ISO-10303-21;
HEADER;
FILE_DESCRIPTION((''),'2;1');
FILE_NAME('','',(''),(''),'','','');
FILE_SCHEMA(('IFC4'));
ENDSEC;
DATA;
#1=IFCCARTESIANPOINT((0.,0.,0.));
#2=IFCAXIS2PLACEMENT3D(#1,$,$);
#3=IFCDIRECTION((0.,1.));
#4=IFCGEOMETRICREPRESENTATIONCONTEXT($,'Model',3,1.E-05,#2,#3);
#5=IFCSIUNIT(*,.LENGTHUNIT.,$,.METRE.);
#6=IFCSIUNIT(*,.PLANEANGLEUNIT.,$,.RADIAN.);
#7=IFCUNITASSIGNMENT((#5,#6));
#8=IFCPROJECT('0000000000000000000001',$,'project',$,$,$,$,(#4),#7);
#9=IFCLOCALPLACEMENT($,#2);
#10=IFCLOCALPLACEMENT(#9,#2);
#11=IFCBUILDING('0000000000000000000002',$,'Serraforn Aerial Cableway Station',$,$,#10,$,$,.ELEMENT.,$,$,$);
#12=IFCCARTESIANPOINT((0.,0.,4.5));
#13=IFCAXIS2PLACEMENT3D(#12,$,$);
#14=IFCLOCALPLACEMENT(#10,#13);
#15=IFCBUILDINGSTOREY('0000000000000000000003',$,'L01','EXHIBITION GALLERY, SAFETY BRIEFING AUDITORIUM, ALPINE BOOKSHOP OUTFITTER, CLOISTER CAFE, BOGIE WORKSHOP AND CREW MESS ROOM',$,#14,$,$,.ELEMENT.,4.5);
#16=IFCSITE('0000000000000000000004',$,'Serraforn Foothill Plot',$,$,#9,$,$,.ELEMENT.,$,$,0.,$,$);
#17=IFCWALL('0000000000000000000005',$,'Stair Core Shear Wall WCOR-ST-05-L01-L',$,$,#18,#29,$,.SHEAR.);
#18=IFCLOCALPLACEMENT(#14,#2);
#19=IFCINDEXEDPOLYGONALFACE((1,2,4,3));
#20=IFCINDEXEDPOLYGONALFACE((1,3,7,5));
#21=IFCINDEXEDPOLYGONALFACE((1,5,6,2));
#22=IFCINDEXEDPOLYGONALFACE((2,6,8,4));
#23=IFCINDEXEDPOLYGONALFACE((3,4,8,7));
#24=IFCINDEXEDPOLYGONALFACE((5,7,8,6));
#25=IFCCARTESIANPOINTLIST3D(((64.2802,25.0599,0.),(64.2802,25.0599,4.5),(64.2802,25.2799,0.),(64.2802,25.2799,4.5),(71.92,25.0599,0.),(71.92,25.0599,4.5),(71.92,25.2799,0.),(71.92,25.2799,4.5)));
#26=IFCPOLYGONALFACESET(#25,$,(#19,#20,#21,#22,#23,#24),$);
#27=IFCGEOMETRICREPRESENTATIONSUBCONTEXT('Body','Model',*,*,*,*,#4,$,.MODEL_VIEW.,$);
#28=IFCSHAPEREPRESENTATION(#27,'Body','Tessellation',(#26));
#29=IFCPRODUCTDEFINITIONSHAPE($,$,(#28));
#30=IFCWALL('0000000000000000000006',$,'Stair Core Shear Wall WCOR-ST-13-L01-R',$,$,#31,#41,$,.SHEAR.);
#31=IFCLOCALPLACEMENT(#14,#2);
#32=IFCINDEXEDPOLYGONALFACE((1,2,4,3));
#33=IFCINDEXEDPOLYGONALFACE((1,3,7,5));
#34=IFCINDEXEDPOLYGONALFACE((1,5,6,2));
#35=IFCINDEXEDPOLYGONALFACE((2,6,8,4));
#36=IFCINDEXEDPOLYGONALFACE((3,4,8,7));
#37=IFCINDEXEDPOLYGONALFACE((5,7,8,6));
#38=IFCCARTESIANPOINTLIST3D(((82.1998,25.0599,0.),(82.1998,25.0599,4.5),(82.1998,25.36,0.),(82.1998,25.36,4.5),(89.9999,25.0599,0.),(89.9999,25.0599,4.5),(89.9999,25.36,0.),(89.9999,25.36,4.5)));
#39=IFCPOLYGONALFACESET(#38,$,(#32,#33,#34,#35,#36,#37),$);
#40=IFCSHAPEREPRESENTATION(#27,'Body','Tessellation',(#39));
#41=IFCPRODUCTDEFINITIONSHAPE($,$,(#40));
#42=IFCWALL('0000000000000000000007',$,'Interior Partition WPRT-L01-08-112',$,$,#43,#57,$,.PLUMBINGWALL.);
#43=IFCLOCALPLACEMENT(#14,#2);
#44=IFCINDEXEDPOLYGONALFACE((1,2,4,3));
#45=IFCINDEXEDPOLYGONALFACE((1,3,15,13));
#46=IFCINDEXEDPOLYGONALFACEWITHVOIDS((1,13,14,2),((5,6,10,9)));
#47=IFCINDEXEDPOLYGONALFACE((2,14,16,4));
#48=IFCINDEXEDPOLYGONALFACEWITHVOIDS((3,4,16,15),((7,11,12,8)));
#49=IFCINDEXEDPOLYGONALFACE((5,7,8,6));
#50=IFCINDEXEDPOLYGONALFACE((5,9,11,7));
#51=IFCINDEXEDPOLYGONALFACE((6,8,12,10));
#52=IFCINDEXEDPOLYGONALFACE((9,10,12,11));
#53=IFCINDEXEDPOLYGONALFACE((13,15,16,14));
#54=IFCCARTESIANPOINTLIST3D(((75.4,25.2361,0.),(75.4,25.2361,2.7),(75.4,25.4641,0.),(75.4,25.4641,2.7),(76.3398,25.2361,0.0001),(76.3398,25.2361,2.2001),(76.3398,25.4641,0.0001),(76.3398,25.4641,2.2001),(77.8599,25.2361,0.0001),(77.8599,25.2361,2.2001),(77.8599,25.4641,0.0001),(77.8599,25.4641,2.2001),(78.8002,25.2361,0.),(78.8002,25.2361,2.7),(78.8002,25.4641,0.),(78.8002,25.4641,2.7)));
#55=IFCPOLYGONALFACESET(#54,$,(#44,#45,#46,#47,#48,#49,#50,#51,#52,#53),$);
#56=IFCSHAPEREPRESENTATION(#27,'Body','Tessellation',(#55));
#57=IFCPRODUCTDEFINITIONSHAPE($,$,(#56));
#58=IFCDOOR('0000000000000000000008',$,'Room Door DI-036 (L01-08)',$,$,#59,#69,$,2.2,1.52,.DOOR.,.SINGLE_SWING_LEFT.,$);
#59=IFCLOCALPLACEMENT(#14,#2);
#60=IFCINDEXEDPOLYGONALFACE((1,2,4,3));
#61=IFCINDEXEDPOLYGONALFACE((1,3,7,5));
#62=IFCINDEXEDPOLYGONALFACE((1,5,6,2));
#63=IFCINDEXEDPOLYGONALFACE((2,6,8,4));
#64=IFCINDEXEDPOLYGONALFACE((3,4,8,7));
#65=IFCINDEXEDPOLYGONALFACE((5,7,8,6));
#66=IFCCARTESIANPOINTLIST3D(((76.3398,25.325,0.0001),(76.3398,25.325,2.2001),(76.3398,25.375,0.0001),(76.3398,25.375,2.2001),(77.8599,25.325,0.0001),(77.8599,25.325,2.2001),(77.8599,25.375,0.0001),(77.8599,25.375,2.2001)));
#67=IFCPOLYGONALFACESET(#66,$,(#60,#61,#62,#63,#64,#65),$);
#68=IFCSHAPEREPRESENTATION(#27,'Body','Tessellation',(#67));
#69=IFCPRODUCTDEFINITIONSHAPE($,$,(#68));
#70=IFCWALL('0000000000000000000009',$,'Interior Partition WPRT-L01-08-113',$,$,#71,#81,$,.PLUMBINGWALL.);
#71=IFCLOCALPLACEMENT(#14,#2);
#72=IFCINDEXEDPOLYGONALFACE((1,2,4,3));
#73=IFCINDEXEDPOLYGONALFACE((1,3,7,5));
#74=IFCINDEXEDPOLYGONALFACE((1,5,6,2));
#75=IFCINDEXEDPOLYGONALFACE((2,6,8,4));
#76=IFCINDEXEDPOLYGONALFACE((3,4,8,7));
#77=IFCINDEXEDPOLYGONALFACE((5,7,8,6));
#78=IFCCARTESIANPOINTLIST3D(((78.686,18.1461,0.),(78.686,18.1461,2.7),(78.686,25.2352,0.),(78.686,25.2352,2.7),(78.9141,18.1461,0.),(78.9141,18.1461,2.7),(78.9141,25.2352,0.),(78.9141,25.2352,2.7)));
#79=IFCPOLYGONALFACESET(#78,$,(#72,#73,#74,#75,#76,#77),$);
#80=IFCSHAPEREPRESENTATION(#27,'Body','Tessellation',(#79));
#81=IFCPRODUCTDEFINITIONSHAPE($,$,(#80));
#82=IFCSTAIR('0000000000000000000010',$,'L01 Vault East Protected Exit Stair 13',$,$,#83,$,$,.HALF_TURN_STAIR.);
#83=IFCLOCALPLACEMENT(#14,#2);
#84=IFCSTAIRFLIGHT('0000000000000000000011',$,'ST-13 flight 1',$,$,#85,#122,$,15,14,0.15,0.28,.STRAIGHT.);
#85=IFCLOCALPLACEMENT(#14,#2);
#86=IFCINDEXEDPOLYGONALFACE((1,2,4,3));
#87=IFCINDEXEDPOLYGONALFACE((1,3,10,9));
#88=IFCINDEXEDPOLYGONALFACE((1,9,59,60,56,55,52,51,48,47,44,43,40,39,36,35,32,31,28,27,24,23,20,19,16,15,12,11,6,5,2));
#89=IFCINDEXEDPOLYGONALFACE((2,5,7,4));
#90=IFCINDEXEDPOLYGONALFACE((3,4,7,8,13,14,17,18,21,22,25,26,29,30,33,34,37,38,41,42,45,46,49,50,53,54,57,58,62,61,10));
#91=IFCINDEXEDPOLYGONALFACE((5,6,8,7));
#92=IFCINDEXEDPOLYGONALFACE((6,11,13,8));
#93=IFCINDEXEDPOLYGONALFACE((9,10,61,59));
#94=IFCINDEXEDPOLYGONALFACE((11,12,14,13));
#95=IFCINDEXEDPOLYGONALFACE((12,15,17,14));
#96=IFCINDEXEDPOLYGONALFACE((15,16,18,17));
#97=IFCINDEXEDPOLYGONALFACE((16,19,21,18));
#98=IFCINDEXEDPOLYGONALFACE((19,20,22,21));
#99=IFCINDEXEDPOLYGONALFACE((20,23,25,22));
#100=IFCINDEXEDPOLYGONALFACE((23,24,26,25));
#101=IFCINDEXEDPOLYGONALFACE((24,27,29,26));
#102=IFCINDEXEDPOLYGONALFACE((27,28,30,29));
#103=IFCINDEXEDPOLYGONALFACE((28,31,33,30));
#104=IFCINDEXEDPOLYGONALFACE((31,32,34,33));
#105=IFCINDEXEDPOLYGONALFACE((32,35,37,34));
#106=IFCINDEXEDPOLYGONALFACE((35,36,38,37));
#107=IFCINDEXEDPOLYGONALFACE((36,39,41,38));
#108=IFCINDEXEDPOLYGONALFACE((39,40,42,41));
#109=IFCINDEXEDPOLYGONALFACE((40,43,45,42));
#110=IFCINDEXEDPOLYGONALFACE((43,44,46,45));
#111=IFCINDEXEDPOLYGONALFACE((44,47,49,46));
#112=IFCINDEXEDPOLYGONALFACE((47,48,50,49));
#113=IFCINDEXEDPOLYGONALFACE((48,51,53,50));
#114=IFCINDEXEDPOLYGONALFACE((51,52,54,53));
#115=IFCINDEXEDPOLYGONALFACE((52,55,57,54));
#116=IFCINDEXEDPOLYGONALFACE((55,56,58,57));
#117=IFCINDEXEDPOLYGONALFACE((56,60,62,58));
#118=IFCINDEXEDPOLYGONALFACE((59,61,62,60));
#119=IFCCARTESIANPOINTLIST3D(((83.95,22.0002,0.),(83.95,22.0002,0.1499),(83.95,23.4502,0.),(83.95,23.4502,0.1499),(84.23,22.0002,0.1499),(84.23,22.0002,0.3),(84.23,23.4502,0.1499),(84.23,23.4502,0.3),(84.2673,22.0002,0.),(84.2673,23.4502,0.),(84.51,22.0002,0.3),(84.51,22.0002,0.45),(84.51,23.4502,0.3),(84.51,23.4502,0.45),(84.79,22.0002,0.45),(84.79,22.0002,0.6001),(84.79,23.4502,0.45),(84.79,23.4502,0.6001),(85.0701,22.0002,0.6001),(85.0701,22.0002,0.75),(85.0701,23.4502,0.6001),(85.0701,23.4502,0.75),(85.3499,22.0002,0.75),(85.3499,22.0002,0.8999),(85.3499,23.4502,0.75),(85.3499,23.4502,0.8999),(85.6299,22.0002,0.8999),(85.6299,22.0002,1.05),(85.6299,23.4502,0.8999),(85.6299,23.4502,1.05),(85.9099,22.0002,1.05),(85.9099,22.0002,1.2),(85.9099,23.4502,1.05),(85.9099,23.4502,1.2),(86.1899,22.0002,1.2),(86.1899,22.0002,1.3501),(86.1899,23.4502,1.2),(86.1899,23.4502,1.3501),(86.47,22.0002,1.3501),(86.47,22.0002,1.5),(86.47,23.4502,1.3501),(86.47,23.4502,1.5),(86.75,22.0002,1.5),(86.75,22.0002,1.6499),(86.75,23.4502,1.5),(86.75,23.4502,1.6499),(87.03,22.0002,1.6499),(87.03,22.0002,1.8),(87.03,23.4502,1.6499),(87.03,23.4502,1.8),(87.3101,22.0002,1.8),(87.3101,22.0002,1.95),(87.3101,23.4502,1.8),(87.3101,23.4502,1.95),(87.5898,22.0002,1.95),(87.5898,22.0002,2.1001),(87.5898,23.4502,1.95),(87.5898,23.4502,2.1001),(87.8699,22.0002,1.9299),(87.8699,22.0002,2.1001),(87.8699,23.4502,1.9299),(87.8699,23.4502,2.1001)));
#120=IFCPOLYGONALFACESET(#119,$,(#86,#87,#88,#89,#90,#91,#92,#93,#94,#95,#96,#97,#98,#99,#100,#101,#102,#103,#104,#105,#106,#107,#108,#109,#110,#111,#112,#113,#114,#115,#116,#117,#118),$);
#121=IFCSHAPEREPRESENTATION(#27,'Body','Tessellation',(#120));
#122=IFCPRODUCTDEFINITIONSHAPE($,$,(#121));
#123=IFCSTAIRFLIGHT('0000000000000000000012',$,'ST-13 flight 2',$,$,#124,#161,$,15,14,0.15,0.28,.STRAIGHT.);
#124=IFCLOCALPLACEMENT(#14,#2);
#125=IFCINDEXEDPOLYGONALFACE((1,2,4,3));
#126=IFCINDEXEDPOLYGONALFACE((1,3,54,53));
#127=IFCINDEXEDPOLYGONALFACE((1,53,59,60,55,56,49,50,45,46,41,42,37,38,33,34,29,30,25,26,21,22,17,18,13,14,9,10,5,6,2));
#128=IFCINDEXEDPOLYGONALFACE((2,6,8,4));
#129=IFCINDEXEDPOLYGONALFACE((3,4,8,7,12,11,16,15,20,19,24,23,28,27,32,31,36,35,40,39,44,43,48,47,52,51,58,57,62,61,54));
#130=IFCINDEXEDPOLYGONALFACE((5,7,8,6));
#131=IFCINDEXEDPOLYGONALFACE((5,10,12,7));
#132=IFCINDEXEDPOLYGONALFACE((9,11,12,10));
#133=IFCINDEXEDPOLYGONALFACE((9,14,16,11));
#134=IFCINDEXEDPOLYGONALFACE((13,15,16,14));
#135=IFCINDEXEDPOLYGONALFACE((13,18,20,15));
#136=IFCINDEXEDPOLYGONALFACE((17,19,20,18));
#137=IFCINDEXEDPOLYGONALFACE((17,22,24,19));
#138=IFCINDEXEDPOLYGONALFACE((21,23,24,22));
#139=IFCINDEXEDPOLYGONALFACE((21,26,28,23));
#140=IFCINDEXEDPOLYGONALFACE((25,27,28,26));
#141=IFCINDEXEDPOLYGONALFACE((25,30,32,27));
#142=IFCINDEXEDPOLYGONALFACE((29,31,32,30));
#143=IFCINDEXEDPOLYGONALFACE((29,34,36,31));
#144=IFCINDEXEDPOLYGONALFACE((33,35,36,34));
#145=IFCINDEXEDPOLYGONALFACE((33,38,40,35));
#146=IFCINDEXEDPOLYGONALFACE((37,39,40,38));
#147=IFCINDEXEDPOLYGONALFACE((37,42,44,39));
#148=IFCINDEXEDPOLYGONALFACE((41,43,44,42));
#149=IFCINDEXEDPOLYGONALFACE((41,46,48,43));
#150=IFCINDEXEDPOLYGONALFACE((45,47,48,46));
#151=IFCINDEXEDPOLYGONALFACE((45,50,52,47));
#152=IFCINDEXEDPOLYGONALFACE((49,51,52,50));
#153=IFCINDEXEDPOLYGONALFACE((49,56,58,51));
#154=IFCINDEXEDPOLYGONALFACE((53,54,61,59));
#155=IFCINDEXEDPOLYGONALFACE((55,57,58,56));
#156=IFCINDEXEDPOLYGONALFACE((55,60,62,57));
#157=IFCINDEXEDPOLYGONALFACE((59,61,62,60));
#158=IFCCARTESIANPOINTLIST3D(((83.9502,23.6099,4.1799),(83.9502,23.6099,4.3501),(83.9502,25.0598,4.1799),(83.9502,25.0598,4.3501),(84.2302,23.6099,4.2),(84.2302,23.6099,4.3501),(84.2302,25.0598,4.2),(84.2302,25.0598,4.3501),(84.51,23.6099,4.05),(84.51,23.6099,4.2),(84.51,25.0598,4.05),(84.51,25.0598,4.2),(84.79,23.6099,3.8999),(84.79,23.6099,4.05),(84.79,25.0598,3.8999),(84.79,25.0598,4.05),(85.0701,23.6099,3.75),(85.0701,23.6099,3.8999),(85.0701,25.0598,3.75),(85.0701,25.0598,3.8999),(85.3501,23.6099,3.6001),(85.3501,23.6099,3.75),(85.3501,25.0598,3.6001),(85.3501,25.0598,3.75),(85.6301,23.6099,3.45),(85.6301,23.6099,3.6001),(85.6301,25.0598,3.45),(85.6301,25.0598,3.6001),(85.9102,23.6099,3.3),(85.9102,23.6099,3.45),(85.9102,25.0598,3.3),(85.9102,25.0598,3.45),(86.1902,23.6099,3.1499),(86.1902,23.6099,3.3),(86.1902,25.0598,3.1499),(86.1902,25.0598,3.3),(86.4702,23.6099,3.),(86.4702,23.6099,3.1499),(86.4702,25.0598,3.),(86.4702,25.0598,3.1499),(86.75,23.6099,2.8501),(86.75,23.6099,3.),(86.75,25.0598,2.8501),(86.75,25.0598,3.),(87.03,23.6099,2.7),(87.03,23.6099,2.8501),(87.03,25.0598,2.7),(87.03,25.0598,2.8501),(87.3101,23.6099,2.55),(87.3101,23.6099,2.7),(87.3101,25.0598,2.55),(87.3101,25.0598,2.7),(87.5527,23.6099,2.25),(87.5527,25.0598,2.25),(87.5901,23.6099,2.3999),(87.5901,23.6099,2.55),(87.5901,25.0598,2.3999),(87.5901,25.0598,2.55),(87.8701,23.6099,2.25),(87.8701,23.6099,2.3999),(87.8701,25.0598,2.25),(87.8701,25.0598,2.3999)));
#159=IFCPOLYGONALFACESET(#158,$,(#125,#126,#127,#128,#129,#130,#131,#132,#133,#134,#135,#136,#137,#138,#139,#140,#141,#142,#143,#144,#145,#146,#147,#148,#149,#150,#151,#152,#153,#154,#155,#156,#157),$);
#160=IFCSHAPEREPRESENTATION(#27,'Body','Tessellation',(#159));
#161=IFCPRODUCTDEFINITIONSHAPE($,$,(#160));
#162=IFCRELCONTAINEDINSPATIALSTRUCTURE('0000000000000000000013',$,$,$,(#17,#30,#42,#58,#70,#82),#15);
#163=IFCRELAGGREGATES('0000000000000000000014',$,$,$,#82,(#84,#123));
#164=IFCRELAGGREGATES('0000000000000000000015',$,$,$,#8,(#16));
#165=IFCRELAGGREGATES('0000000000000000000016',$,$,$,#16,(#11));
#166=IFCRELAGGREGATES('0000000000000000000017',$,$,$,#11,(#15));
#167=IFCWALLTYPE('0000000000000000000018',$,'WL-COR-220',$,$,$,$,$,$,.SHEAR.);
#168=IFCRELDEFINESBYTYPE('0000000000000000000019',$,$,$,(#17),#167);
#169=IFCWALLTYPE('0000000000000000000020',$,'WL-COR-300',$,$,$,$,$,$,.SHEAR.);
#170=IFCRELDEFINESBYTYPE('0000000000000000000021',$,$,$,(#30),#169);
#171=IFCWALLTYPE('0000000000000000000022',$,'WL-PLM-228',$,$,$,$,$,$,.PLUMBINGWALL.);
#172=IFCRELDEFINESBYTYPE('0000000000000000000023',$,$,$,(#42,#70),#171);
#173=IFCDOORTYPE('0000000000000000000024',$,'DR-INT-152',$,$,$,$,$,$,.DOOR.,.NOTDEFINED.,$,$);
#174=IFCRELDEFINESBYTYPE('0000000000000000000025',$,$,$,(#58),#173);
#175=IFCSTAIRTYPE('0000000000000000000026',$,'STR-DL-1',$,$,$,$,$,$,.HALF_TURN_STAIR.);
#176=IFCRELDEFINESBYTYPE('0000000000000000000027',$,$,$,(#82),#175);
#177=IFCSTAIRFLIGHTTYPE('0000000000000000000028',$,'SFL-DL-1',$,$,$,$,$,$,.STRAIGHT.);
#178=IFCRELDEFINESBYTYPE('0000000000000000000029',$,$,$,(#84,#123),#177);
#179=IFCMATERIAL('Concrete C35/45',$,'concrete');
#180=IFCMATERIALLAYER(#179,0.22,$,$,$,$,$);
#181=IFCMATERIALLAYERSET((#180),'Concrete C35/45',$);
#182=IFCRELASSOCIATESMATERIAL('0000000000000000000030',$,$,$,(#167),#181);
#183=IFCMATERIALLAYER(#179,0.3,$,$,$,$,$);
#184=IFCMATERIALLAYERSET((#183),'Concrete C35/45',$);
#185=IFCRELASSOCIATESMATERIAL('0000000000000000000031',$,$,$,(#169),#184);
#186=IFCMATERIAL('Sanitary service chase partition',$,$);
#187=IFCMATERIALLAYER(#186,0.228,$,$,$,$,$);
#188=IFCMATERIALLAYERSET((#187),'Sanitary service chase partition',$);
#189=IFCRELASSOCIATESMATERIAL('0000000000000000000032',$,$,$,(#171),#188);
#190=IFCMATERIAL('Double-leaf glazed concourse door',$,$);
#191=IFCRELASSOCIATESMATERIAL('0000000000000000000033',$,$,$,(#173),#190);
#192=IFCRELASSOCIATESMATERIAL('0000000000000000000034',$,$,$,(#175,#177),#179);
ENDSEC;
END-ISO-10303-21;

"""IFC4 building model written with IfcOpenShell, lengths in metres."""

from ifc_helpers import new_model, si_unit, direction, frame, frame_2d, origin, place, context, subcontext, project, spatial, polyline, rectangle, outline, extrude, material, layer, layer_set, type_object, element, fill, aggregate, save


model = new_model("IFC4")

# Units and contexts
model_context = context("Model", 3, precision=1e-05, world=origin(), true_north=direction((0.0, 1.0)))
body_context = subcontext(model_context, "Body", "Model", "MODEL_VIEW")
ifc_project = project(units=[si_unit("LENGTHUNIT", "METRE"), si_unit("PLANEANGLEUNIT", "RADIAN")], contexts=[model_context])

# Site, building, storey
site_placement = place(None, origin())
site = spatial("IfcSite", under=ifc_project, at=site_placement, Name="Serraforn Foothill Plot", CompositionType="ELEMENT", RefElevation=0.0)
building_placement = place(site_placement, origin())
building = spatial("IfcBuilding", under=site, at=building_placement, Name="Serraforn Aerial Cableway Station", CompositionType="ELEMENT")
storey_placement = place(building_placement, frame((0.0, 0.0, 4.5)))
storey = spatial("IfcBuildingStorey", under=building, at=storey_placement, Name="L01", Description="EXHIBITION GALLERY, SAFETY BRIEFING AUDITORIUM, ALPINE BOOKSHOP OUTFITTER, CLOISTER CAFE, BOGIE WORKSHOP AND CREW MESS ROOM", CompositionType="ELEMENT", Elevation=4.5)

# Shared definitions
ifc_material_1 = material(Name="Concrete C35/45", Category="concrete")

# Shared definitions
ifc_layer_1 = layer(ifc_material_1, 0.22)
ifc_layer_set_1 = layer_set([ifc_layer_1], Name="Concrete C35/45")
wall_type_1 = type_object("IfcWallType", Name="WL-COR-220", PredefinedType="SHEAR", material=ifc_layer_set_1)

# Walls
wall_1_placement = place(storey_placement, frame((71.9199, 25.1699, 0.0), z_axis=(0.0, 0.0, 1.0), x_axis=(-1.0, 0.0, 0.0)))
element("IfcWall", 1, at=wall_1_placement, inside=storey, type_object=wall_type_1, Name="Stair Core Shear Wall WCOR-ST-05-L01-L", PredefinedType="SHEAR", context=body_context, shape_type="SweptSolid", body=[
    extrude(rectangle(XDim=7.6399, YDim=0.22, at=frame_2d((3.8198, 0.0))), origin(), (0.0, 0.0, 1.0), 4.5),
])
ifc_layer_2 = layer(ifc_material_1, 0.3)
ifc_layer_set_2 = layer_set([ifc_layer_2], Name="Concrete C35/45")
wall_type_2 = type_object("IfcWallType", Name="WL-COR-300", PredefinedType="SHEAR", material=ifc_layer_set_2)
wall_2_placement = place(storey_placement, frame((82.2, 25.21, 0.0), z_axis=(0.0, 0.0, 1.0), x_axis=(1.0, 0.0, 0.0)))
element("IfcWall", 2, at=wall_2_placement, inside=storey, type_object=wall_type_2, Name="Stair Core Shear Wall WCOR-ST-13-L01-R", PredefinedType="SHEAR", context=body_context, shape_type="SweptSolid", body=[
    extrude(rectangle(XDim=7.8, YDim=0.3, at=frame_2d((3.8999, 0.0))), origin(), (0.0, 0.0, 1.0), 4.5),
])

# Wall, opening, door
ifc_material_2 = material(Name="Sanitary service chase partition")
ifc_layer_3 = layer(ifc_material_2, 0.228)
ifc_layer_set_3 = layer_set([ifc_layer_3], Name="Sanitary service chase partition")
wall_type_3 = type_object("IfcWallType", Name="WL-PLM-228", PredefinedType="PLUMBINGWALL", material=ifc_layer_set_3)
wall_3_placement = place(storey_placement, frame((75.3999, 25.3501, 0.0), z_axis=(0.0, 0.0, 1.0), x_axis=(1.0, 0.0, 0.0)))
wall_3 = element("IfcWall", 3, at=wall_3_placement, inside=storey, type_object=wall_type_3, Name="Interior Partition WPRT-L01-08-112", PredefinedType="PLUMBINGWALL", context=body_context, shape_type="SweptSolid", body=[
    extrude(rectangle(XDim=3.4001, YDim=0.228, at=frame_2d((1.7002, 0.0))), origin(), (0.0, 0.0, 1.0), 2.7),
])
opening_1_placement = place(wall_3_placement, frame((0.9399, 0.0, 0.0)))
opening_1 = element("IfcOpeningElement", 4, at=opening_1_placement, cuts=wall_3, PredefinedType="OPENING", context=body_context, shape_type="SweptSolid", body=[
    extrude(rectangle(XDim=1.52, YDim=2.2, at=frame_2d((0.76, 1.1001))), frame((0.0, 0.124, 0.0), z_axis=(0.0, -1.0, 0.0), x_axis=(1.0, 0.0, 0.0)), (0.0, 0.0, 1.0), 0.248),
])
ifc_material_3 = material(Name="Double-leaf glazed concourse door")
door_type_1 = type_object("IfcDoorType", Name="DR-INT-152", OperationType="NOTDEFINED", PredefinedType="DOOR", material=ifc_material_3)
door_1_placement = place(opening_1_placement, origin())
door_1 = element("IfcDoor", 5, at=door_1_placement, inside=storey, type_object=door_type_1, Name="Room Door DI-036 (L01-08)", OperationType="SINGLE_SWING_LEFT", OverallHeight=2.2, OverallWidth=1.52, PredefinedType="DOOR", context=body_context, shape_type="SweptSolid", body=[
    extrude(rectangle(XDim=1.52, YDim=2.2, at=frame_2d((0.76, 1.1001))), frame((0.0, 0.0249, 0.0), z_axis=(0.0, -1.0, 0.0), x_axis=(1.0, 0.0, 0.0)), (0.0, 0.0, 1.0), 0.05),
])
fill(opening_1, door_1)

# Wall
wall_4_placement = place(storey_placement, frame((78.8, 25.2351, 0.0), z_axis=(0.0, 0.0, 1.0), x_axis=(0.0, -1.0, 0.0)))
element("IfcWall", 6, at=wall_4_placement, inside=storey, type_object=wall_type_3, Name="Interior Partition WPRT-L01-08-113", PredefinedType="PLUMBINGWALL", context=body_context, shape_type="SweptSolid", body=[
    extrude(rectangle(XDim=7.0891, YDim=0.228, at=frame_2d((3.5444, 0.0))), origin(), (0.0, 0.0, 1.0), 2.7),
])

# Stair, stair flights
stair_type_1 = type_object("IfcStairType", Name="STR-DL-1", PredefinedType="HALF_TURN_STAIR", material=ifc_material_1)
stair_1_placement = place(storey_placement, origin())
stair_1 = element("IfcStair", 7, at=stair_1_placement, inside=storey, type_object=stair_type_1, Name="L01 Vault East Protected Exit Stair 13", PredefinedType="HALF_TURN_STAIR")
stair_flight_type_1 = type_object("IfcStairFlightType", Name="SFL-DL-1", PredefinedType="STRAIGHT", material=ifc_material_1)
stair_flight_1_placement = place(storey_placement, frame((83.95, 22.7251, 0.0), z_axis=(0.0, 0.0, 1.0), x_axis=(1.0, 0.0, 0.0)))
stair_flight_1 = element("IfcStairFlight", 8, at=stair_flight_1_placement, type_object=stair_flight_type_1, Name="ST-13 flight 1", NumberOfRisers=15, NumberOfTreads=14, PredefinedType="STRAIGHT", RiserHeight=0.15, TreadLength=0.28, context=body_context, shape_type="SweptSolid", body=[
    extrude(outline(polyline([(0.0, 0.0), (0.0, 0.1499), (0.28, 0.1499), (0.28, 0.3), (0.5601, 0.3), (0.5601, 0.45), (0.8401, 0.45), (0.8401, 0.6001), (1.1201, 0.6001), (1.1201, 0.75), (1.3999, 0.75), (1.3999, 0.8999), (1.6799, 0.8999), (1.6799, 1.05), (1.96, 1.05), (1.96, 1.2), (2.24, 1.2), (2.24, 1.3501), (2.52, 1.3501), (2.52, 1.5), (2.8, 1.5), (2.8, 1.6499), (3.0801, 1.6499), (3.0801, 1.8), (3.3601, 1.8), (3.3601, 1.95), (3.6399, 1.95), (3.6399, 2.1001), (3.9199, 2.1001), (3.9199, 2.25), (3.9199, 1.9299), (0.3174, 0.0), (0.0, 0.0)])), frame((0.0, 0.7251, 0.0), z_axis=(0.0, -1.0, 0.0), x_axis=(1.0, 0.0, 0.0)), (0.0, 0.0, 1.0), 1.45),
])
stair_flight_2_placement = place(storey_placement, frame((87.8701, 24.335, 2.25), z_axis=(0.0, 0.0, 1.0), x_axis=(-1.0, 0.0, 0.0)))
stair_flight_2 = element("IfcStairFlight", 9, at=stair_flight_2_placement, type_object=stair_flight_type_1, Name="ST-13 flight 2", NumberOfRisers=15, NumberOfTreads=14, PredefinedType="STRAIGHT", RiserHeight=0.15, TreadLength=0.28, context=body_context, shape_type="SweptSolid", body=[
    extrude(outline(polyline([(0.0, 0.0), (0.0, 0.1499), (0.28, 0.1499), (0.28, 0.3), (0.5601, 0.3), (0.5601, 0.45), (0.8401, 0.45), (0.8401, 0.6001), (1.1201, 0.6001), (1.1201, 0.75), (1.3999, 0.75), (1.3999, 0.8999), (1.6799, 0.8999), (1.6799, 1.05), (1.96, 1.05), (1.96, 1.2), (2.24, 1.2), (2.24, 1.3501), (2.52, 1.3501), (2.52, 1.5), (2.8, 1.5), (2.8, 1.6499), (3.0801, 1.6499), (3.0801, 1.8), (3.3601, 1.8), (3.3601, 1.95), (3.6399, 1.95), (3.6399, 2.1001), (3.9199, 2.1001), (3.9199, 2.25), (3.9199, 1.9299), (0.3174, 0.0), (0.0, 0.0)])), frame((0.0, 0.7251, 0.0), z_axis=(0.0, -1.0, 0.0), x_axis=(1.0, 0.0, 0.0)), (0.0, 0.0, 1.0), 1.45),
])
aggregate(stair_1, [stair_flight_1, stair_flight_2])

save(model, "model.ifc")
